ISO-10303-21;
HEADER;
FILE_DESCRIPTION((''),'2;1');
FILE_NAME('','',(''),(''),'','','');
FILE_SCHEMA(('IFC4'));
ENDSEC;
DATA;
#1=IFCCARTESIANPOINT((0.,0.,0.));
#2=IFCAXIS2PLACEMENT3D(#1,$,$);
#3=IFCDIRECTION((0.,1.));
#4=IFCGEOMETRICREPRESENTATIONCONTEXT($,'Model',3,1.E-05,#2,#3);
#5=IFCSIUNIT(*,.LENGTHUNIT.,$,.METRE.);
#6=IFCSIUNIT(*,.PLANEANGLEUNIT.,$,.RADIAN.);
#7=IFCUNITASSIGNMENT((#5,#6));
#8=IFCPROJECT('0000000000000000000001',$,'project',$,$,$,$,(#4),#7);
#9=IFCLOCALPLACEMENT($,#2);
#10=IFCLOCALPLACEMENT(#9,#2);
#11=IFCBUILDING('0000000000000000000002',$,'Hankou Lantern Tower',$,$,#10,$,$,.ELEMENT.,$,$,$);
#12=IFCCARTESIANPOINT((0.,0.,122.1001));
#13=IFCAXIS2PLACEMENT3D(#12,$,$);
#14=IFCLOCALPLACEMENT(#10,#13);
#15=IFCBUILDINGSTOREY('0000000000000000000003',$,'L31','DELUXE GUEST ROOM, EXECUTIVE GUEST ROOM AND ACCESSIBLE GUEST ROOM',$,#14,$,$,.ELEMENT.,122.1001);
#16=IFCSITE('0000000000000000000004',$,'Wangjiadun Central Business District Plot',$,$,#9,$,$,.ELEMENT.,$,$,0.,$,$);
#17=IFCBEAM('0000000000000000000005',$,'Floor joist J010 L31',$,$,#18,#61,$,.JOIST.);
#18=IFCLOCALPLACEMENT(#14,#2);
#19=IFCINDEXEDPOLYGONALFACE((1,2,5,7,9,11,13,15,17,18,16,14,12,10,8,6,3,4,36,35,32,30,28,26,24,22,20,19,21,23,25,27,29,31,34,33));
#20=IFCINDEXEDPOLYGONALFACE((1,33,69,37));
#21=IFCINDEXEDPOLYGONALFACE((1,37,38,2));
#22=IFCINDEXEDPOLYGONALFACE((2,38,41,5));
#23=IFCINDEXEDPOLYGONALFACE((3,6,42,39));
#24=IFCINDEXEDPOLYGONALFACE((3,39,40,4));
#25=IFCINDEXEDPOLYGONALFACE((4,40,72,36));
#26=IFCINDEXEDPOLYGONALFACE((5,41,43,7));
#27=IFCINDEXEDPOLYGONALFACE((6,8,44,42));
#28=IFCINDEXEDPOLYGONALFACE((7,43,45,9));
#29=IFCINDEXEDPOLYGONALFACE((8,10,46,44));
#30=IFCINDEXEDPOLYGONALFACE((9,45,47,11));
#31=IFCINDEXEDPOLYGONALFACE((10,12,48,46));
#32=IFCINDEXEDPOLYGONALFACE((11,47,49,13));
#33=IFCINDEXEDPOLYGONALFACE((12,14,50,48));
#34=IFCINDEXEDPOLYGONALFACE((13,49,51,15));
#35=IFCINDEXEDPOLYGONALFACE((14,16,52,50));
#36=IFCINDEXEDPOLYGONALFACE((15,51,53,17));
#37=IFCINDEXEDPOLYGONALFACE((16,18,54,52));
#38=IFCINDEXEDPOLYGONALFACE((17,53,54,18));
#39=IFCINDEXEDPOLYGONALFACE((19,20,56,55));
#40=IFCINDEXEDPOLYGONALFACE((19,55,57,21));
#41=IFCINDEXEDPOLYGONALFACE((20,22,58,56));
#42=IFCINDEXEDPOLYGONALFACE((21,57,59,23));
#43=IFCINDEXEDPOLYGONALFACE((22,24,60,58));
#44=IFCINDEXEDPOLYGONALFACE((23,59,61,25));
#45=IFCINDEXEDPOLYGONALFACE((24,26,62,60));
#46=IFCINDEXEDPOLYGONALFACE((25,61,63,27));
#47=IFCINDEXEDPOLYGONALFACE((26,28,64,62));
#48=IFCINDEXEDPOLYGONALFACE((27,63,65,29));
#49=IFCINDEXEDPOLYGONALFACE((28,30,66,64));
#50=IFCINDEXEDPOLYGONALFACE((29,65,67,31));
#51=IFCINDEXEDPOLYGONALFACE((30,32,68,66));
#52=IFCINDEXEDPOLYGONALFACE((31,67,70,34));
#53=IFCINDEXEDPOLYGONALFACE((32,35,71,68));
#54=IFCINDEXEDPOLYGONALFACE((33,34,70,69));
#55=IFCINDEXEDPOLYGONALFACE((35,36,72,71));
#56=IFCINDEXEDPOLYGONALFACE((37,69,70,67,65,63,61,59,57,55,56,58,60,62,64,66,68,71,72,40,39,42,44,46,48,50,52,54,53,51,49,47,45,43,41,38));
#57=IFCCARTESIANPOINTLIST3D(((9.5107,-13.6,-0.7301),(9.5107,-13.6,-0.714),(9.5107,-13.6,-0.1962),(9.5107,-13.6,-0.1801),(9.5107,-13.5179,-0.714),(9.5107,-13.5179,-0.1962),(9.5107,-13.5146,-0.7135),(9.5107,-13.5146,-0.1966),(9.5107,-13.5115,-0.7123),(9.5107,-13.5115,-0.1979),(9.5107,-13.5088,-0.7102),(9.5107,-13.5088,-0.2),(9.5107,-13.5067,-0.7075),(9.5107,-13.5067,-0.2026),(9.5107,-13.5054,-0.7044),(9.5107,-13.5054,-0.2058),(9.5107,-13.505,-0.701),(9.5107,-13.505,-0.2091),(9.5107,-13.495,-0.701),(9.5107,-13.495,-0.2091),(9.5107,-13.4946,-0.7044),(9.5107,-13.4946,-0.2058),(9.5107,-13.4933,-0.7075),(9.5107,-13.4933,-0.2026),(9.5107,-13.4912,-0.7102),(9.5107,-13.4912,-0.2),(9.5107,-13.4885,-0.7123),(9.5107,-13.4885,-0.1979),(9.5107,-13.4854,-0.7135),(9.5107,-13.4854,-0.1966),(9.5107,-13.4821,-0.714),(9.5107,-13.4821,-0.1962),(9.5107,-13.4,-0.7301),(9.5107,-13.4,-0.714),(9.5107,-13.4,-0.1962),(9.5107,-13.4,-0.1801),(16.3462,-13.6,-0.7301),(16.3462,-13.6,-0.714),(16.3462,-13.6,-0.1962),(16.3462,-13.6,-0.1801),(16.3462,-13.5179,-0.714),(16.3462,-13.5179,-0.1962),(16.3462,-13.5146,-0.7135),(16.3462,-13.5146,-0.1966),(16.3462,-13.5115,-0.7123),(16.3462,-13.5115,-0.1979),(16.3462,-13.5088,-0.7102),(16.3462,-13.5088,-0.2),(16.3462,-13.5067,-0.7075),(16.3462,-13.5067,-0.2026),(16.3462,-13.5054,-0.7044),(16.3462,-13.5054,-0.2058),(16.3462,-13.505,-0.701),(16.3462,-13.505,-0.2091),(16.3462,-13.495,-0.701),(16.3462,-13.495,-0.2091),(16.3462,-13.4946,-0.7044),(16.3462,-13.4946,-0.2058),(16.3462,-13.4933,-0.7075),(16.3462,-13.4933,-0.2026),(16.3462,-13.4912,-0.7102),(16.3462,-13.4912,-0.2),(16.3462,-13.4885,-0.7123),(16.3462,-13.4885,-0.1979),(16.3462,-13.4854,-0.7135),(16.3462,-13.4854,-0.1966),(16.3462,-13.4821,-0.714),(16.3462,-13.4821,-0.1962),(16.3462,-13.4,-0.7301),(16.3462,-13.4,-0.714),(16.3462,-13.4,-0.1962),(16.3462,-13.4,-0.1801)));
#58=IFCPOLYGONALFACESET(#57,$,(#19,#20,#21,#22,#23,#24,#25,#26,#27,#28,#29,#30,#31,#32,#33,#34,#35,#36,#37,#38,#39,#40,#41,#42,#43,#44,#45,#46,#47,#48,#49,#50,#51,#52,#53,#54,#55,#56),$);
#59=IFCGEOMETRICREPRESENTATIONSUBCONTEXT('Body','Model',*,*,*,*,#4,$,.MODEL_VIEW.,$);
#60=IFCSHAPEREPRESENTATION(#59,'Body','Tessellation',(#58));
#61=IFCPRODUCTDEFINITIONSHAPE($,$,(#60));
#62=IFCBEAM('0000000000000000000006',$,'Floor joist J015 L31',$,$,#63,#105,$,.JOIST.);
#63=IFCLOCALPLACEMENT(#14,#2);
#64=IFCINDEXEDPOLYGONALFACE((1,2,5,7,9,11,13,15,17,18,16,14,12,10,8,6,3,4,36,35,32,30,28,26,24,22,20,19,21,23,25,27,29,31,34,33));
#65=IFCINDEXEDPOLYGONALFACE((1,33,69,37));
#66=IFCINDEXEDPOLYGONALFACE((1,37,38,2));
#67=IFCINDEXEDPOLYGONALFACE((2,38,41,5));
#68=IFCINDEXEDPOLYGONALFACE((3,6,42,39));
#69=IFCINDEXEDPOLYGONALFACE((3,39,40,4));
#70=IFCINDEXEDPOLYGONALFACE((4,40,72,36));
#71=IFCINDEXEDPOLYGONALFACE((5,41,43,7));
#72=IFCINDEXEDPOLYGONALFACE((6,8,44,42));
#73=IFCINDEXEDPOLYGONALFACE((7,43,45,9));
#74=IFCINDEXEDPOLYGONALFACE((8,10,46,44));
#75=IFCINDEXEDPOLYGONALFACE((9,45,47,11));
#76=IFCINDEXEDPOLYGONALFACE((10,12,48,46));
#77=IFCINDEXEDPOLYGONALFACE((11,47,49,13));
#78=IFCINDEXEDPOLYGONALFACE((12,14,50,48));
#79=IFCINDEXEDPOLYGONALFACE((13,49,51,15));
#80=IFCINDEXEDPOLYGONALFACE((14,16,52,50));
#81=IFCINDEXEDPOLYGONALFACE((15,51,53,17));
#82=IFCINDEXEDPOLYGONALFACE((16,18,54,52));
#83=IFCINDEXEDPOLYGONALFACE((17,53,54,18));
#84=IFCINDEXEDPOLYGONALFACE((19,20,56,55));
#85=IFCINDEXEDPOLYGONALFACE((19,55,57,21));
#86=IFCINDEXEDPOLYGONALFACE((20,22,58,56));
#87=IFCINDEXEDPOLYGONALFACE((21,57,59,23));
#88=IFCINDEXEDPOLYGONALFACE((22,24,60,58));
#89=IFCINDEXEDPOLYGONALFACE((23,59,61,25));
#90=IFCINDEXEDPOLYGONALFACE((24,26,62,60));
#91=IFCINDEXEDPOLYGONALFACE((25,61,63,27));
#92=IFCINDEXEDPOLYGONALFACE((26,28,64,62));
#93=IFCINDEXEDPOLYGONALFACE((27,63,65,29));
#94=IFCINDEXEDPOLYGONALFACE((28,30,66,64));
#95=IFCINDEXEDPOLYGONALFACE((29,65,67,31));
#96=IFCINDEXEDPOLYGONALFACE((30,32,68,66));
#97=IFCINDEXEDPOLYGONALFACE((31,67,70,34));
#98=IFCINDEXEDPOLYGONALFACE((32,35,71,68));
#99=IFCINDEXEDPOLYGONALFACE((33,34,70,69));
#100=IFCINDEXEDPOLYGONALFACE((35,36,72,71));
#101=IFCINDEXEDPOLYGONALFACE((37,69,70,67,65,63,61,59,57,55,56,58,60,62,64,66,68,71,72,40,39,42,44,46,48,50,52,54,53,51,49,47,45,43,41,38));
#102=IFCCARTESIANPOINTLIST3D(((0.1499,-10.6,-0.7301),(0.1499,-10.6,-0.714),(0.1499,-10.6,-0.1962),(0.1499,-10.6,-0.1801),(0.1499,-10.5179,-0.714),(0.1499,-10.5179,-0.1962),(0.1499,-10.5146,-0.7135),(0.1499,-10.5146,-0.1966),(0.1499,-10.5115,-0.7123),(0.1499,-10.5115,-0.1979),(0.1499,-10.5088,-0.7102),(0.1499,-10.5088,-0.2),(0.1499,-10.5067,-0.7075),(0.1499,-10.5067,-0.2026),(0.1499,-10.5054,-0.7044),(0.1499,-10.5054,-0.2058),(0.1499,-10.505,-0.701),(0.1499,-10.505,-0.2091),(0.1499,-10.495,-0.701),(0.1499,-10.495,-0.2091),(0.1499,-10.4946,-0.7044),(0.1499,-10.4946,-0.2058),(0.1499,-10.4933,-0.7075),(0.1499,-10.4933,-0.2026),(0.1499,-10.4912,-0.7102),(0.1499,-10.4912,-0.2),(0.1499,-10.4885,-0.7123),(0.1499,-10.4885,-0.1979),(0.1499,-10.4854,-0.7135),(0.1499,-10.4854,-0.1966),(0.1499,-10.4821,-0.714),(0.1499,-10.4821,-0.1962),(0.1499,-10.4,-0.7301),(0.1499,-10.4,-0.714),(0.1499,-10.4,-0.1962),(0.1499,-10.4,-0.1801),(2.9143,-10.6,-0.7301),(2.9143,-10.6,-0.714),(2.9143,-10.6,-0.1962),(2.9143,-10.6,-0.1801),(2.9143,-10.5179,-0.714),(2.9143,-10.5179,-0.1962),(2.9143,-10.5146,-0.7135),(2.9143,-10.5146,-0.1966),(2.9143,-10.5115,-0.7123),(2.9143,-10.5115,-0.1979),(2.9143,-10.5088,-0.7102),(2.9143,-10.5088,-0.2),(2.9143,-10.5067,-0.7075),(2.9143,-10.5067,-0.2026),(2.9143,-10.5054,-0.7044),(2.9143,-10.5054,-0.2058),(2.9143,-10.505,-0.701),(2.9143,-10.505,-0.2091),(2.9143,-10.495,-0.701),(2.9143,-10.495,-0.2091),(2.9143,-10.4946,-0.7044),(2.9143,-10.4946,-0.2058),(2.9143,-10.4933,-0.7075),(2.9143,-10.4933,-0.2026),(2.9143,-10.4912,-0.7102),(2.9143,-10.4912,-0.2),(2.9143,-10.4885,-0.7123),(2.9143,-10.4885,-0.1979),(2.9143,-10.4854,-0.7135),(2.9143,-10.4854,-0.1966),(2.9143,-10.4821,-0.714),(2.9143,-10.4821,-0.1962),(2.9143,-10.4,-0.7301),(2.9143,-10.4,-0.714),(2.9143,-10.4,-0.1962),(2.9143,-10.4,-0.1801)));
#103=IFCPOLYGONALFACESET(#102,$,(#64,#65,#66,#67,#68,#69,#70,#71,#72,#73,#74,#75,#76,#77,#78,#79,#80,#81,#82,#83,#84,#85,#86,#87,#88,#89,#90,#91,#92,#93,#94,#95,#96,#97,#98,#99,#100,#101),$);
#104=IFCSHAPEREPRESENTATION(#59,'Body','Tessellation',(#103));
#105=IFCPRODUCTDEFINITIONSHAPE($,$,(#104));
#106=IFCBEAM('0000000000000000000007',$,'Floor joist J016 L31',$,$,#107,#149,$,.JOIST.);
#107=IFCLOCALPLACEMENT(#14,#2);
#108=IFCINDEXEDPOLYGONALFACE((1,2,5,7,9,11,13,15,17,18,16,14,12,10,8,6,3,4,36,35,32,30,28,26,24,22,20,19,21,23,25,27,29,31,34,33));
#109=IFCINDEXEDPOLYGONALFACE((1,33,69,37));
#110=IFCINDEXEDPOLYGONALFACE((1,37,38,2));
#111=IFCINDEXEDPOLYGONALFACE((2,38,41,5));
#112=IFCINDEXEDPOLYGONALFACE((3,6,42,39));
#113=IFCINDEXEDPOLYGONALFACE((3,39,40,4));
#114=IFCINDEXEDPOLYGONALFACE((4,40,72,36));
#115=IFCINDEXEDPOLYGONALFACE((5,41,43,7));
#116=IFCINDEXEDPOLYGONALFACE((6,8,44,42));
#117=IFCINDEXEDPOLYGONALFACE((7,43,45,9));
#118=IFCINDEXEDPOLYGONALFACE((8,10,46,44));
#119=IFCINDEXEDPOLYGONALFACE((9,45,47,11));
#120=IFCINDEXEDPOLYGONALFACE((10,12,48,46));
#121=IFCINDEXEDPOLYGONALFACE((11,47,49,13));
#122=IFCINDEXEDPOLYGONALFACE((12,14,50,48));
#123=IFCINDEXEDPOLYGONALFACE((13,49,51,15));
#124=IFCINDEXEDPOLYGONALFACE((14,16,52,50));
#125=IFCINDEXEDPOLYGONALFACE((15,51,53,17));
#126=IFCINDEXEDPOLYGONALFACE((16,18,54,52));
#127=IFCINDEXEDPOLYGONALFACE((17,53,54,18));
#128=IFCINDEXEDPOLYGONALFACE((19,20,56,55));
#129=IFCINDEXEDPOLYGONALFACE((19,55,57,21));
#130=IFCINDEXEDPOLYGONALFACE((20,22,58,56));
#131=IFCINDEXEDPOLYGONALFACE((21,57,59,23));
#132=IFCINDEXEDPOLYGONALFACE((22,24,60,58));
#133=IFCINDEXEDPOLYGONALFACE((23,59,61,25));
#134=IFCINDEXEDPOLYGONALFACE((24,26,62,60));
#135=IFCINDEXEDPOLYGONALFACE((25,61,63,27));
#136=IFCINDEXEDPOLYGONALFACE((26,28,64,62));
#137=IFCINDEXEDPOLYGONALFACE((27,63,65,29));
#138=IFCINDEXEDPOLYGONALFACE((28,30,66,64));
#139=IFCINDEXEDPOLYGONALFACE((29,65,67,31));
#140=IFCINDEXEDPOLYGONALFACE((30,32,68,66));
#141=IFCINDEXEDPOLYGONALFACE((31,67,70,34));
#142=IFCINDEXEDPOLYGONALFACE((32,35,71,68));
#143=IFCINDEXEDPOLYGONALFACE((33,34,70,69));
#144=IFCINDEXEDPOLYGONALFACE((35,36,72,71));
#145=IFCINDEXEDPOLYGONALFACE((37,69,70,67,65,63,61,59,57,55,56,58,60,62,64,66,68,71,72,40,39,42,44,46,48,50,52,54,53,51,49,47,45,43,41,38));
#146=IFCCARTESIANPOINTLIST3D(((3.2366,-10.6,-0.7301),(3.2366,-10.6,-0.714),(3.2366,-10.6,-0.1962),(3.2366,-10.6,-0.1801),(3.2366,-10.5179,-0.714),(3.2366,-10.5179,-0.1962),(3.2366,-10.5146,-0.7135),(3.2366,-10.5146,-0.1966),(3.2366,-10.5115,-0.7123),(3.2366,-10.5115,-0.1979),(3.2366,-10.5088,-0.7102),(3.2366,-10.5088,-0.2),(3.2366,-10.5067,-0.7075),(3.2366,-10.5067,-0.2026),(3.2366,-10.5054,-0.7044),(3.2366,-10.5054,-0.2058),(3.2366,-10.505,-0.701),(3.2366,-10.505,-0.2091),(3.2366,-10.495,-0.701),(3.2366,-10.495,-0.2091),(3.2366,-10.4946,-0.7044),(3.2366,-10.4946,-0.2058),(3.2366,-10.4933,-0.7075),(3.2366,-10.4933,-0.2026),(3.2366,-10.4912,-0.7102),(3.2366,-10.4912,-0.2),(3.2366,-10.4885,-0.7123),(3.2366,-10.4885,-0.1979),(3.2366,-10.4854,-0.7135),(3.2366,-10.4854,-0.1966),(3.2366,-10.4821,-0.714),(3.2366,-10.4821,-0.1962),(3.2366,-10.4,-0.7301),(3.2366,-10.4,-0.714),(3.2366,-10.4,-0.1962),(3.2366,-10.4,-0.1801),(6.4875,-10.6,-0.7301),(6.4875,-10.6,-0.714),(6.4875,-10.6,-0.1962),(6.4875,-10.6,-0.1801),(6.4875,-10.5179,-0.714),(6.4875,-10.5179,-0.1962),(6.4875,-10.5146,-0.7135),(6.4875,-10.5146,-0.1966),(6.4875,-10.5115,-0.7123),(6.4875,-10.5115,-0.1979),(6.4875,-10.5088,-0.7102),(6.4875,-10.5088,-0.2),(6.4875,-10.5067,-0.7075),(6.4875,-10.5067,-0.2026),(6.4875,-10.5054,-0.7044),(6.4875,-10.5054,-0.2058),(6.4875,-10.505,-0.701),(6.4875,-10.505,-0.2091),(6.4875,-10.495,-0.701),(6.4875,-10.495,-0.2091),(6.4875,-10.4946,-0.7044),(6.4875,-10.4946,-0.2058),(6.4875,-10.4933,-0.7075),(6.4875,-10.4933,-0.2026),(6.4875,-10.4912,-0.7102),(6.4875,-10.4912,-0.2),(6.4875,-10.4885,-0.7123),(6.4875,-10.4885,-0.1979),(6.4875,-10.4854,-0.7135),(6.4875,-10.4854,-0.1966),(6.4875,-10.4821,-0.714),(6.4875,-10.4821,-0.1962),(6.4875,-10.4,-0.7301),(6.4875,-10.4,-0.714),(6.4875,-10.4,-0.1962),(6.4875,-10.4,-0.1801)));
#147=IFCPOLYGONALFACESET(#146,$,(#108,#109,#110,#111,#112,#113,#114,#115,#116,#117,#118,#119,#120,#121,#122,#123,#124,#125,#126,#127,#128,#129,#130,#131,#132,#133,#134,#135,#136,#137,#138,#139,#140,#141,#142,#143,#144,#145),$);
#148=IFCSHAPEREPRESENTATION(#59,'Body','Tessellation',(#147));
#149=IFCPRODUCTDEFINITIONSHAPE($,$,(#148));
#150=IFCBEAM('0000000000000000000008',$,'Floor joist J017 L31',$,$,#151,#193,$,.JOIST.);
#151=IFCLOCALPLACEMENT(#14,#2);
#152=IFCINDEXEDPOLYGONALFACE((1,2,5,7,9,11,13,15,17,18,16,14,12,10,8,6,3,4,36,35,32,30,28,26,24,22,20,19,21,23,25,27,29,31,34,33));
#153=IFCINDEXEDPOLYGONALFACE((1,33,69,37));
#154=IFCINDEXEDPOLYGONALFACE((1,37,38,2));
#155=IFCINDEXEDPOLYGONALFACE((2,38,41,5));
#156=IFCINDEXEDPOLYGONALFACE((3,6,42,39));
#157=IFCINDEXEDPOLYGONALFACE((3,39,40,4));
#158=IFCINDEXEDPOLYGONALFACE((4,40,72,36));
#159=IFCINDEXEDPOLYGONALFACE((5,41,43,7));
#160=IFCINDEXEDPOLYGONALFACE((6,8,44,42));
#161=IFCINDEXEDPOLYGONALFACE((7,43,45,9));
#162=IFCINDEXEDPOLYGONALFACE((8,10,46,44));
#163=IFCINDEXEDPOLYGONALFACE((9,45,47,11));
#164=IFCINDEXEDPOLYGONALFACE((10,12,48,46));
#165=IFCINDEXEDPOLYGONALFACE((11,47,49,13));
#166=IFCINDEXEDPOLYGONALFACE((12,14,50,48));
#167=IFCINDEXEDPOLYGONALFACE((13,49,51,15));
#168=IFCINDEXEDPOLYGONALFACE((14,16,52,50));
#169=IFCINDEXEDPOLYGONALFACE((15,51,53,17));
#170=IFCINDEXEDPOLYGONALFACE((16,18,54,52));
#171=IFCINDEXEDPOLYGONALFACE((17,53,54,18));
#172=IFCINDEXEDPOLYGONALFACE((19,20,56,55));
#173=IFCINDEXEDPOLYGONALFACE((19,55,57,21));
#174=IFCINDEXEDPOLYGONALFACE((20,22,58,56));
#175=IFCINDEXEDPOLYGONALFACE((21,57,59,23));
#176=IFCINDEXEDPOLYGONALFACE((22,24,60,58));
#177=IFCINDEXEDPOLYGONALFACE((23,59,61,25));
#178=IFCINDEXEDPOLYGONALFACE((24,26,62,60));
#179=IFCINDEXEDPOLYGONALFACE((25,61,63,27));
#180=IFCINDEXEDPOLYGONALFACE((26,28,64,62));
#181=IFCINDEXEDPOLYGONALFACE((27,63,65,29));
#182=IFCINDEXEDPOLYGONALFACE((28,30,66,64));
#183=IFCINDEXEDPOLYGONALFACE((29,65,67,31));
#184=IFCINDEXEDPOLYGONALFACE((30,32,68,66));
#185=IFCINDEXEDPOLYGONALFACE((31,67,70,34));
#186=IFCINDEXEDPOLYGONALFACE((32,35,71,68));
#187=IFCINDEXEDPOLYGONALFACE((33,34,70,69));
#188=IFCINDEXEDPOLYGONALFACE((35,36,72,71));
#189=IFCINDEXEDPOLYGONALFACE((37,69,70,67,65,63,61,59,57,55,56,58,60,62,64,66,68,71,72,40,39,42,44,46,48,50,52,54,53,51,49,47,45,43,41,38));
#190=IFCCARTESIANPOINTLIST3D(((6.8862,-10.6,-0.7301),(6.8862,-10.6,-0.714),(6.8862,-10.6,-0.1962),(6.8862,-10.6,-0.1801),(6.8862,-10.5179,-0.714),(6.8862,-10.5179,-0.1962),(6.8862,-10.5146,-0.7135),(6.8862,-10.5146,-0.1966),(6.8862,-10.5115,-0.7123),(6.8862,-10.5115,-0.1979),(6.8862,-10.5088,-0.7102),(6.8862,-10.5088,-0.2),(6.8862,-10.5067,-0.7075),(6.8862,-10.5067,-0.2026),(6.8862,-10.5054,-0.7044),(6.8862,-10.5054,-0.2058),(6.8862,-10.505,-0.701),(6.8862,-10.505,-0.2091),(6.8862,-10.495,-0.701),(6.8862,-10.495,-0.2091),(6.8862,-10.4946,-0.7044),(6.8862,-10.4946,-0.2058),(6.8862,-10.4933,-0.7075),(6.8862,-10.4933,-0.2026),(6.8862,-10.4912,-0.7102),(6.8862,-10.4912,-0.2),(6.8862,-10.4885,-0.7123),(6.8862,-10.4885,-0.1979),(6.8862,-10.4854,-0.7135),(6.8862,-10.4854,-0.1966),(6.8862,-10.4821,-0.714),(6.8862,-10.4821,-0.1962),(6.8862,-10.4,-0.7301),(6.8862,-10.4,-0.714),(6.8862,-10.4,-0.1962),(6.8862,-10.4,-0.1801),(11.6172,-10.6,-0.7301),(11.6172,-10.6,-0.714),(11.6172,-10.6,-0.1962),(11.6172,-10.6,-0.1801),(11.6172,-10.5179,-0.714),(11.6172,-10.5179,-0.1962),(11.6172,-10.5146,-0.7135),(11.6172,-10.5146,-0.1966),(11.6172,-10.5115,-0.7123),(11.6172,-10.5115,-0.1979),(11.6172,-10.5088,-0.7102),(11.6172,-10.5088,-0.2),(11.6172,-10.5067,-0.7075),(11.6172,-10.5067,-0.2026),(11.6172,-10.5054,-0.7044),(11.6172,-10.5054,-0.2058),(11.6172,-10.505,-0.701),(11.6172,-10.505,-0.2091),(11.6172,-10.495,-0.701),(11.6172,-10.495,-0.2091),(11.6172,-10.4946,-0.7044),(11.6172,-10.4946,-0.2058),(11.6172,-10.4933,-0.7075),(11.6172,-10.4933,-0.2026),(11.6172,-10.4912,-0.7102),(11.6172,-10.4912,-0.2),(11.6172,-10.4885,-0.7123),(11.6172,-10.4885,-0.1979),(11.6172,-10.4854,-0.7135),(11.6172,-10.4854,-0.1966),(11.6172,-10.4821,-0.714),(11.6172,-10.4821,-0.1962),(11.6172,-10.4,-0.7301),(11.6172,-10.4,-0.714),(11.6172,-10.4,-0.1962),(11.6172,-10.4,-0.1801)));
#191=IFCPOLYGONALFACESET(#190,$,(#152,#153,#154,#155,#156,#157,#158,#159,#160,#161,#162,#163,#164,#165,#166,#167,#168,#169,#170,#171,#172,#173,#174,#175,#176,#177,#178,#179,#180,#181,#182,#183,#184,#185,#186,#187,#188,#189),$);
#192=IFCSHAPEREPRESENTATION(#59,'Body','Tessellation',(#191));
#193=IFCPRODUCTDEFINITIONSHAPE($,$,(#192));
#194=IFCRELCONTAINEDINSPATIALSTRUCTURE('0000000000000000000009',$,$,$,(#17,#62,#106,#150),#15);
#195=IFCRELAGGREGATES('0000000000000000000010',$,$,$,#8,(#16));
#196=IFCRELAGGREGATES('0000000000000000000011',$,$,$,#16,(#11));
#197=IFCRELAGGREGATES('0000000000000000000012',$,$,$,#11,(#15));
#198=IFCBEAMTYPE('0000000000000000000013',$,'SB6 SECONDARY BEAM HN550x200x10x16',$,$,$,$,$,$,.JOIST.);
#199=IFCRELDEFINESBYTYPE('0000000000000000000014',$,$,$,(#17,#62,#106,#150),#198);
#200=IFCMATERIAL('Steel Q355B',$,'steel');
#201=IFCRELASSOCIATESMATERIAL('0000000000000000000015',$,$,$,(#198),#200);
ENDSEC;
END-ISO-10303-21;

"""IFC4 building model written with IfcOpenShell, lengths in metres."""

from ifc_helpers import new_model, si_unit, direction, frame, origin, origin_2d, place, context, subcontext, project, spatial, i_section, extrude, material, material_profile, profile_set, type_object, element, save


model = new_model("IFC4")

# Units and contexts
model_context = context("Model", 3, precision=1e-05, world=origin(), true_north=direction((0.0, 1.0)))
body_context = subcontext(model_context, "Body", "Model", "MODEL_VIEW")
ifc_project = project(units=[si_unit("LENGTHUNIT", "METRE"), si_unit("PLANEANGLEUNIT", "RADIAN")], contexts=[model_context])

# Site, building, storey
site_placement = place(None, origin())
site = spatial("IfcSite", under=ifc_project, at=site_placement, Name="Wangjiadun Central Business District Plot", CompositionType="ELEMENT", RefElevation=0.0)
building_placement = place(site_placement, origin())
building = spatial("IfcBuilding", under=site, at=building_placement, Name="Hankou Lantern Tower", CompositionType="ELEMENT")
storey_placement = place(building_placement, frame((0.0, 0.0, 122.1001)))
storey = spatial("IfcBuildingStorey", under=building, at=storey_placement, Name="L31", Description="DELUXE GUEST ROOM, EXECUTIVE GUEST ROOM AND ACCESSIBLE GUEST ROOM", CompositionType="ELEMENT", Elevation=122.1001)

# Beams
ifc_material_1 = material(Name="Steel Q355B", Category="steel")
ifc_material_profile_1 = material_profile(ifc_material_1, i_section(OverallWidth=0.2, OverallDepth=0.55, WebThickness=0.01, FlangeThickness=0.0161, FilletRadius=0.0129, at=origin_2d()), Name="HN550x200x10x16")
ifc_profile_set_1 = profile_set([ifc_material_profile_1], Name="Steel Q355B")
beam_type_1 = type_object("IfcBeamType", Name="SB6 SECONDARY BEAM HN550x200x10x16", PredefinedType="JOIST", material=ifc_profile_set_1)
beam_1_placement = place(storey_placement, frame((9.5107, -13.5, -0.4551), z_axis=(1.0, 0.0, 0.0), x_axis=(0.0, 1.0, 0.0)))
element("IfcBeam", 1, at=beam_1_placement, inside=storey, type_object=beam_type_1, Name="Floor joist J010 L31", PredefinedType="JOIST", context=body_context, shape_type="SweptSolid", body=[
    extrude(i_section(OverallWidth=0.2, OverallDepth=0.55, WebThickness=0.01, FlangeThickness=0.0161, FilletRadius=0.0129, at=origin_2d()), origin(), (0.0, 0.0, 1.0), 6.8354),
])
beam_2_placement = place(storey_placement, frame((0.1499, -10.5, -0.4551), z_axis=(1.0, 0.0, 0.0), x_axis=(0.0, 1.0, 0.0)))
element("IfcBeam", 2, at=beam_2_placement, inside=storey, type_object=beam_type_1, Name="Floor joist J015 L31", PredefinedType="JOIST", context=body_context, shape_type="SweptSolid", body=[
    extrude(i_section(OverallWidth=0.2, OverallDepth=0.55, WebThickness=0.01, FlangeThickness=0.0161, FilletRadius=0.0129, at=origin_2d()), origin(), (0.0, 0.0, 1.0), 2.7644),
])
beam_3_placement = place(storey_placement, frame((3.2366, -10.5, -0.4551), z_axis=(1.0, 0.0, 0.0), x_axis=(0.0, 1.0, 0.0)))
element("IfcBeam", 3, at=beam_3_placement, inside=storey, type_object=beam_type_1, Name="Floor joist J016 L31", PredefinedType="JOIST", context=body_context, shape_type="SweptSolid", body=[
    extrude(i_section(OverallWidth=0.2, OverallDepth=0.55, WebThickness=0.01, FlangeThickness=0.0161, FilletRadius=0.0129, at=origin_2d()), origin(), (0.0, 0.0, 1.0), 3.251),
])
beam_4_placement = place(storey_placement, frame((6.8862, -10.5, -0.4551), z_axis=(1.0, 0.0, 0.0), x_axis=(0.0, 1.0, 0.0)))
element("IfcBeam", 4, at=beam_4_placement, inside=storey, type_object=beam_type_1, Name="Floor joist J017 L31", PredefinedType="JOIST", context=body_context, shape_type="SweptSolid", body=[
    extrude(i_section(OverallWidth=0.2, OverallDepth=0.55, WebThickness=0.01, FlangeThickness=0.0161, FilletRadius=0.0129, at=origin_2d()), origin(), (0.0, 0.0, 1.0), 4.731),
])

save(model, "model.ifc")
